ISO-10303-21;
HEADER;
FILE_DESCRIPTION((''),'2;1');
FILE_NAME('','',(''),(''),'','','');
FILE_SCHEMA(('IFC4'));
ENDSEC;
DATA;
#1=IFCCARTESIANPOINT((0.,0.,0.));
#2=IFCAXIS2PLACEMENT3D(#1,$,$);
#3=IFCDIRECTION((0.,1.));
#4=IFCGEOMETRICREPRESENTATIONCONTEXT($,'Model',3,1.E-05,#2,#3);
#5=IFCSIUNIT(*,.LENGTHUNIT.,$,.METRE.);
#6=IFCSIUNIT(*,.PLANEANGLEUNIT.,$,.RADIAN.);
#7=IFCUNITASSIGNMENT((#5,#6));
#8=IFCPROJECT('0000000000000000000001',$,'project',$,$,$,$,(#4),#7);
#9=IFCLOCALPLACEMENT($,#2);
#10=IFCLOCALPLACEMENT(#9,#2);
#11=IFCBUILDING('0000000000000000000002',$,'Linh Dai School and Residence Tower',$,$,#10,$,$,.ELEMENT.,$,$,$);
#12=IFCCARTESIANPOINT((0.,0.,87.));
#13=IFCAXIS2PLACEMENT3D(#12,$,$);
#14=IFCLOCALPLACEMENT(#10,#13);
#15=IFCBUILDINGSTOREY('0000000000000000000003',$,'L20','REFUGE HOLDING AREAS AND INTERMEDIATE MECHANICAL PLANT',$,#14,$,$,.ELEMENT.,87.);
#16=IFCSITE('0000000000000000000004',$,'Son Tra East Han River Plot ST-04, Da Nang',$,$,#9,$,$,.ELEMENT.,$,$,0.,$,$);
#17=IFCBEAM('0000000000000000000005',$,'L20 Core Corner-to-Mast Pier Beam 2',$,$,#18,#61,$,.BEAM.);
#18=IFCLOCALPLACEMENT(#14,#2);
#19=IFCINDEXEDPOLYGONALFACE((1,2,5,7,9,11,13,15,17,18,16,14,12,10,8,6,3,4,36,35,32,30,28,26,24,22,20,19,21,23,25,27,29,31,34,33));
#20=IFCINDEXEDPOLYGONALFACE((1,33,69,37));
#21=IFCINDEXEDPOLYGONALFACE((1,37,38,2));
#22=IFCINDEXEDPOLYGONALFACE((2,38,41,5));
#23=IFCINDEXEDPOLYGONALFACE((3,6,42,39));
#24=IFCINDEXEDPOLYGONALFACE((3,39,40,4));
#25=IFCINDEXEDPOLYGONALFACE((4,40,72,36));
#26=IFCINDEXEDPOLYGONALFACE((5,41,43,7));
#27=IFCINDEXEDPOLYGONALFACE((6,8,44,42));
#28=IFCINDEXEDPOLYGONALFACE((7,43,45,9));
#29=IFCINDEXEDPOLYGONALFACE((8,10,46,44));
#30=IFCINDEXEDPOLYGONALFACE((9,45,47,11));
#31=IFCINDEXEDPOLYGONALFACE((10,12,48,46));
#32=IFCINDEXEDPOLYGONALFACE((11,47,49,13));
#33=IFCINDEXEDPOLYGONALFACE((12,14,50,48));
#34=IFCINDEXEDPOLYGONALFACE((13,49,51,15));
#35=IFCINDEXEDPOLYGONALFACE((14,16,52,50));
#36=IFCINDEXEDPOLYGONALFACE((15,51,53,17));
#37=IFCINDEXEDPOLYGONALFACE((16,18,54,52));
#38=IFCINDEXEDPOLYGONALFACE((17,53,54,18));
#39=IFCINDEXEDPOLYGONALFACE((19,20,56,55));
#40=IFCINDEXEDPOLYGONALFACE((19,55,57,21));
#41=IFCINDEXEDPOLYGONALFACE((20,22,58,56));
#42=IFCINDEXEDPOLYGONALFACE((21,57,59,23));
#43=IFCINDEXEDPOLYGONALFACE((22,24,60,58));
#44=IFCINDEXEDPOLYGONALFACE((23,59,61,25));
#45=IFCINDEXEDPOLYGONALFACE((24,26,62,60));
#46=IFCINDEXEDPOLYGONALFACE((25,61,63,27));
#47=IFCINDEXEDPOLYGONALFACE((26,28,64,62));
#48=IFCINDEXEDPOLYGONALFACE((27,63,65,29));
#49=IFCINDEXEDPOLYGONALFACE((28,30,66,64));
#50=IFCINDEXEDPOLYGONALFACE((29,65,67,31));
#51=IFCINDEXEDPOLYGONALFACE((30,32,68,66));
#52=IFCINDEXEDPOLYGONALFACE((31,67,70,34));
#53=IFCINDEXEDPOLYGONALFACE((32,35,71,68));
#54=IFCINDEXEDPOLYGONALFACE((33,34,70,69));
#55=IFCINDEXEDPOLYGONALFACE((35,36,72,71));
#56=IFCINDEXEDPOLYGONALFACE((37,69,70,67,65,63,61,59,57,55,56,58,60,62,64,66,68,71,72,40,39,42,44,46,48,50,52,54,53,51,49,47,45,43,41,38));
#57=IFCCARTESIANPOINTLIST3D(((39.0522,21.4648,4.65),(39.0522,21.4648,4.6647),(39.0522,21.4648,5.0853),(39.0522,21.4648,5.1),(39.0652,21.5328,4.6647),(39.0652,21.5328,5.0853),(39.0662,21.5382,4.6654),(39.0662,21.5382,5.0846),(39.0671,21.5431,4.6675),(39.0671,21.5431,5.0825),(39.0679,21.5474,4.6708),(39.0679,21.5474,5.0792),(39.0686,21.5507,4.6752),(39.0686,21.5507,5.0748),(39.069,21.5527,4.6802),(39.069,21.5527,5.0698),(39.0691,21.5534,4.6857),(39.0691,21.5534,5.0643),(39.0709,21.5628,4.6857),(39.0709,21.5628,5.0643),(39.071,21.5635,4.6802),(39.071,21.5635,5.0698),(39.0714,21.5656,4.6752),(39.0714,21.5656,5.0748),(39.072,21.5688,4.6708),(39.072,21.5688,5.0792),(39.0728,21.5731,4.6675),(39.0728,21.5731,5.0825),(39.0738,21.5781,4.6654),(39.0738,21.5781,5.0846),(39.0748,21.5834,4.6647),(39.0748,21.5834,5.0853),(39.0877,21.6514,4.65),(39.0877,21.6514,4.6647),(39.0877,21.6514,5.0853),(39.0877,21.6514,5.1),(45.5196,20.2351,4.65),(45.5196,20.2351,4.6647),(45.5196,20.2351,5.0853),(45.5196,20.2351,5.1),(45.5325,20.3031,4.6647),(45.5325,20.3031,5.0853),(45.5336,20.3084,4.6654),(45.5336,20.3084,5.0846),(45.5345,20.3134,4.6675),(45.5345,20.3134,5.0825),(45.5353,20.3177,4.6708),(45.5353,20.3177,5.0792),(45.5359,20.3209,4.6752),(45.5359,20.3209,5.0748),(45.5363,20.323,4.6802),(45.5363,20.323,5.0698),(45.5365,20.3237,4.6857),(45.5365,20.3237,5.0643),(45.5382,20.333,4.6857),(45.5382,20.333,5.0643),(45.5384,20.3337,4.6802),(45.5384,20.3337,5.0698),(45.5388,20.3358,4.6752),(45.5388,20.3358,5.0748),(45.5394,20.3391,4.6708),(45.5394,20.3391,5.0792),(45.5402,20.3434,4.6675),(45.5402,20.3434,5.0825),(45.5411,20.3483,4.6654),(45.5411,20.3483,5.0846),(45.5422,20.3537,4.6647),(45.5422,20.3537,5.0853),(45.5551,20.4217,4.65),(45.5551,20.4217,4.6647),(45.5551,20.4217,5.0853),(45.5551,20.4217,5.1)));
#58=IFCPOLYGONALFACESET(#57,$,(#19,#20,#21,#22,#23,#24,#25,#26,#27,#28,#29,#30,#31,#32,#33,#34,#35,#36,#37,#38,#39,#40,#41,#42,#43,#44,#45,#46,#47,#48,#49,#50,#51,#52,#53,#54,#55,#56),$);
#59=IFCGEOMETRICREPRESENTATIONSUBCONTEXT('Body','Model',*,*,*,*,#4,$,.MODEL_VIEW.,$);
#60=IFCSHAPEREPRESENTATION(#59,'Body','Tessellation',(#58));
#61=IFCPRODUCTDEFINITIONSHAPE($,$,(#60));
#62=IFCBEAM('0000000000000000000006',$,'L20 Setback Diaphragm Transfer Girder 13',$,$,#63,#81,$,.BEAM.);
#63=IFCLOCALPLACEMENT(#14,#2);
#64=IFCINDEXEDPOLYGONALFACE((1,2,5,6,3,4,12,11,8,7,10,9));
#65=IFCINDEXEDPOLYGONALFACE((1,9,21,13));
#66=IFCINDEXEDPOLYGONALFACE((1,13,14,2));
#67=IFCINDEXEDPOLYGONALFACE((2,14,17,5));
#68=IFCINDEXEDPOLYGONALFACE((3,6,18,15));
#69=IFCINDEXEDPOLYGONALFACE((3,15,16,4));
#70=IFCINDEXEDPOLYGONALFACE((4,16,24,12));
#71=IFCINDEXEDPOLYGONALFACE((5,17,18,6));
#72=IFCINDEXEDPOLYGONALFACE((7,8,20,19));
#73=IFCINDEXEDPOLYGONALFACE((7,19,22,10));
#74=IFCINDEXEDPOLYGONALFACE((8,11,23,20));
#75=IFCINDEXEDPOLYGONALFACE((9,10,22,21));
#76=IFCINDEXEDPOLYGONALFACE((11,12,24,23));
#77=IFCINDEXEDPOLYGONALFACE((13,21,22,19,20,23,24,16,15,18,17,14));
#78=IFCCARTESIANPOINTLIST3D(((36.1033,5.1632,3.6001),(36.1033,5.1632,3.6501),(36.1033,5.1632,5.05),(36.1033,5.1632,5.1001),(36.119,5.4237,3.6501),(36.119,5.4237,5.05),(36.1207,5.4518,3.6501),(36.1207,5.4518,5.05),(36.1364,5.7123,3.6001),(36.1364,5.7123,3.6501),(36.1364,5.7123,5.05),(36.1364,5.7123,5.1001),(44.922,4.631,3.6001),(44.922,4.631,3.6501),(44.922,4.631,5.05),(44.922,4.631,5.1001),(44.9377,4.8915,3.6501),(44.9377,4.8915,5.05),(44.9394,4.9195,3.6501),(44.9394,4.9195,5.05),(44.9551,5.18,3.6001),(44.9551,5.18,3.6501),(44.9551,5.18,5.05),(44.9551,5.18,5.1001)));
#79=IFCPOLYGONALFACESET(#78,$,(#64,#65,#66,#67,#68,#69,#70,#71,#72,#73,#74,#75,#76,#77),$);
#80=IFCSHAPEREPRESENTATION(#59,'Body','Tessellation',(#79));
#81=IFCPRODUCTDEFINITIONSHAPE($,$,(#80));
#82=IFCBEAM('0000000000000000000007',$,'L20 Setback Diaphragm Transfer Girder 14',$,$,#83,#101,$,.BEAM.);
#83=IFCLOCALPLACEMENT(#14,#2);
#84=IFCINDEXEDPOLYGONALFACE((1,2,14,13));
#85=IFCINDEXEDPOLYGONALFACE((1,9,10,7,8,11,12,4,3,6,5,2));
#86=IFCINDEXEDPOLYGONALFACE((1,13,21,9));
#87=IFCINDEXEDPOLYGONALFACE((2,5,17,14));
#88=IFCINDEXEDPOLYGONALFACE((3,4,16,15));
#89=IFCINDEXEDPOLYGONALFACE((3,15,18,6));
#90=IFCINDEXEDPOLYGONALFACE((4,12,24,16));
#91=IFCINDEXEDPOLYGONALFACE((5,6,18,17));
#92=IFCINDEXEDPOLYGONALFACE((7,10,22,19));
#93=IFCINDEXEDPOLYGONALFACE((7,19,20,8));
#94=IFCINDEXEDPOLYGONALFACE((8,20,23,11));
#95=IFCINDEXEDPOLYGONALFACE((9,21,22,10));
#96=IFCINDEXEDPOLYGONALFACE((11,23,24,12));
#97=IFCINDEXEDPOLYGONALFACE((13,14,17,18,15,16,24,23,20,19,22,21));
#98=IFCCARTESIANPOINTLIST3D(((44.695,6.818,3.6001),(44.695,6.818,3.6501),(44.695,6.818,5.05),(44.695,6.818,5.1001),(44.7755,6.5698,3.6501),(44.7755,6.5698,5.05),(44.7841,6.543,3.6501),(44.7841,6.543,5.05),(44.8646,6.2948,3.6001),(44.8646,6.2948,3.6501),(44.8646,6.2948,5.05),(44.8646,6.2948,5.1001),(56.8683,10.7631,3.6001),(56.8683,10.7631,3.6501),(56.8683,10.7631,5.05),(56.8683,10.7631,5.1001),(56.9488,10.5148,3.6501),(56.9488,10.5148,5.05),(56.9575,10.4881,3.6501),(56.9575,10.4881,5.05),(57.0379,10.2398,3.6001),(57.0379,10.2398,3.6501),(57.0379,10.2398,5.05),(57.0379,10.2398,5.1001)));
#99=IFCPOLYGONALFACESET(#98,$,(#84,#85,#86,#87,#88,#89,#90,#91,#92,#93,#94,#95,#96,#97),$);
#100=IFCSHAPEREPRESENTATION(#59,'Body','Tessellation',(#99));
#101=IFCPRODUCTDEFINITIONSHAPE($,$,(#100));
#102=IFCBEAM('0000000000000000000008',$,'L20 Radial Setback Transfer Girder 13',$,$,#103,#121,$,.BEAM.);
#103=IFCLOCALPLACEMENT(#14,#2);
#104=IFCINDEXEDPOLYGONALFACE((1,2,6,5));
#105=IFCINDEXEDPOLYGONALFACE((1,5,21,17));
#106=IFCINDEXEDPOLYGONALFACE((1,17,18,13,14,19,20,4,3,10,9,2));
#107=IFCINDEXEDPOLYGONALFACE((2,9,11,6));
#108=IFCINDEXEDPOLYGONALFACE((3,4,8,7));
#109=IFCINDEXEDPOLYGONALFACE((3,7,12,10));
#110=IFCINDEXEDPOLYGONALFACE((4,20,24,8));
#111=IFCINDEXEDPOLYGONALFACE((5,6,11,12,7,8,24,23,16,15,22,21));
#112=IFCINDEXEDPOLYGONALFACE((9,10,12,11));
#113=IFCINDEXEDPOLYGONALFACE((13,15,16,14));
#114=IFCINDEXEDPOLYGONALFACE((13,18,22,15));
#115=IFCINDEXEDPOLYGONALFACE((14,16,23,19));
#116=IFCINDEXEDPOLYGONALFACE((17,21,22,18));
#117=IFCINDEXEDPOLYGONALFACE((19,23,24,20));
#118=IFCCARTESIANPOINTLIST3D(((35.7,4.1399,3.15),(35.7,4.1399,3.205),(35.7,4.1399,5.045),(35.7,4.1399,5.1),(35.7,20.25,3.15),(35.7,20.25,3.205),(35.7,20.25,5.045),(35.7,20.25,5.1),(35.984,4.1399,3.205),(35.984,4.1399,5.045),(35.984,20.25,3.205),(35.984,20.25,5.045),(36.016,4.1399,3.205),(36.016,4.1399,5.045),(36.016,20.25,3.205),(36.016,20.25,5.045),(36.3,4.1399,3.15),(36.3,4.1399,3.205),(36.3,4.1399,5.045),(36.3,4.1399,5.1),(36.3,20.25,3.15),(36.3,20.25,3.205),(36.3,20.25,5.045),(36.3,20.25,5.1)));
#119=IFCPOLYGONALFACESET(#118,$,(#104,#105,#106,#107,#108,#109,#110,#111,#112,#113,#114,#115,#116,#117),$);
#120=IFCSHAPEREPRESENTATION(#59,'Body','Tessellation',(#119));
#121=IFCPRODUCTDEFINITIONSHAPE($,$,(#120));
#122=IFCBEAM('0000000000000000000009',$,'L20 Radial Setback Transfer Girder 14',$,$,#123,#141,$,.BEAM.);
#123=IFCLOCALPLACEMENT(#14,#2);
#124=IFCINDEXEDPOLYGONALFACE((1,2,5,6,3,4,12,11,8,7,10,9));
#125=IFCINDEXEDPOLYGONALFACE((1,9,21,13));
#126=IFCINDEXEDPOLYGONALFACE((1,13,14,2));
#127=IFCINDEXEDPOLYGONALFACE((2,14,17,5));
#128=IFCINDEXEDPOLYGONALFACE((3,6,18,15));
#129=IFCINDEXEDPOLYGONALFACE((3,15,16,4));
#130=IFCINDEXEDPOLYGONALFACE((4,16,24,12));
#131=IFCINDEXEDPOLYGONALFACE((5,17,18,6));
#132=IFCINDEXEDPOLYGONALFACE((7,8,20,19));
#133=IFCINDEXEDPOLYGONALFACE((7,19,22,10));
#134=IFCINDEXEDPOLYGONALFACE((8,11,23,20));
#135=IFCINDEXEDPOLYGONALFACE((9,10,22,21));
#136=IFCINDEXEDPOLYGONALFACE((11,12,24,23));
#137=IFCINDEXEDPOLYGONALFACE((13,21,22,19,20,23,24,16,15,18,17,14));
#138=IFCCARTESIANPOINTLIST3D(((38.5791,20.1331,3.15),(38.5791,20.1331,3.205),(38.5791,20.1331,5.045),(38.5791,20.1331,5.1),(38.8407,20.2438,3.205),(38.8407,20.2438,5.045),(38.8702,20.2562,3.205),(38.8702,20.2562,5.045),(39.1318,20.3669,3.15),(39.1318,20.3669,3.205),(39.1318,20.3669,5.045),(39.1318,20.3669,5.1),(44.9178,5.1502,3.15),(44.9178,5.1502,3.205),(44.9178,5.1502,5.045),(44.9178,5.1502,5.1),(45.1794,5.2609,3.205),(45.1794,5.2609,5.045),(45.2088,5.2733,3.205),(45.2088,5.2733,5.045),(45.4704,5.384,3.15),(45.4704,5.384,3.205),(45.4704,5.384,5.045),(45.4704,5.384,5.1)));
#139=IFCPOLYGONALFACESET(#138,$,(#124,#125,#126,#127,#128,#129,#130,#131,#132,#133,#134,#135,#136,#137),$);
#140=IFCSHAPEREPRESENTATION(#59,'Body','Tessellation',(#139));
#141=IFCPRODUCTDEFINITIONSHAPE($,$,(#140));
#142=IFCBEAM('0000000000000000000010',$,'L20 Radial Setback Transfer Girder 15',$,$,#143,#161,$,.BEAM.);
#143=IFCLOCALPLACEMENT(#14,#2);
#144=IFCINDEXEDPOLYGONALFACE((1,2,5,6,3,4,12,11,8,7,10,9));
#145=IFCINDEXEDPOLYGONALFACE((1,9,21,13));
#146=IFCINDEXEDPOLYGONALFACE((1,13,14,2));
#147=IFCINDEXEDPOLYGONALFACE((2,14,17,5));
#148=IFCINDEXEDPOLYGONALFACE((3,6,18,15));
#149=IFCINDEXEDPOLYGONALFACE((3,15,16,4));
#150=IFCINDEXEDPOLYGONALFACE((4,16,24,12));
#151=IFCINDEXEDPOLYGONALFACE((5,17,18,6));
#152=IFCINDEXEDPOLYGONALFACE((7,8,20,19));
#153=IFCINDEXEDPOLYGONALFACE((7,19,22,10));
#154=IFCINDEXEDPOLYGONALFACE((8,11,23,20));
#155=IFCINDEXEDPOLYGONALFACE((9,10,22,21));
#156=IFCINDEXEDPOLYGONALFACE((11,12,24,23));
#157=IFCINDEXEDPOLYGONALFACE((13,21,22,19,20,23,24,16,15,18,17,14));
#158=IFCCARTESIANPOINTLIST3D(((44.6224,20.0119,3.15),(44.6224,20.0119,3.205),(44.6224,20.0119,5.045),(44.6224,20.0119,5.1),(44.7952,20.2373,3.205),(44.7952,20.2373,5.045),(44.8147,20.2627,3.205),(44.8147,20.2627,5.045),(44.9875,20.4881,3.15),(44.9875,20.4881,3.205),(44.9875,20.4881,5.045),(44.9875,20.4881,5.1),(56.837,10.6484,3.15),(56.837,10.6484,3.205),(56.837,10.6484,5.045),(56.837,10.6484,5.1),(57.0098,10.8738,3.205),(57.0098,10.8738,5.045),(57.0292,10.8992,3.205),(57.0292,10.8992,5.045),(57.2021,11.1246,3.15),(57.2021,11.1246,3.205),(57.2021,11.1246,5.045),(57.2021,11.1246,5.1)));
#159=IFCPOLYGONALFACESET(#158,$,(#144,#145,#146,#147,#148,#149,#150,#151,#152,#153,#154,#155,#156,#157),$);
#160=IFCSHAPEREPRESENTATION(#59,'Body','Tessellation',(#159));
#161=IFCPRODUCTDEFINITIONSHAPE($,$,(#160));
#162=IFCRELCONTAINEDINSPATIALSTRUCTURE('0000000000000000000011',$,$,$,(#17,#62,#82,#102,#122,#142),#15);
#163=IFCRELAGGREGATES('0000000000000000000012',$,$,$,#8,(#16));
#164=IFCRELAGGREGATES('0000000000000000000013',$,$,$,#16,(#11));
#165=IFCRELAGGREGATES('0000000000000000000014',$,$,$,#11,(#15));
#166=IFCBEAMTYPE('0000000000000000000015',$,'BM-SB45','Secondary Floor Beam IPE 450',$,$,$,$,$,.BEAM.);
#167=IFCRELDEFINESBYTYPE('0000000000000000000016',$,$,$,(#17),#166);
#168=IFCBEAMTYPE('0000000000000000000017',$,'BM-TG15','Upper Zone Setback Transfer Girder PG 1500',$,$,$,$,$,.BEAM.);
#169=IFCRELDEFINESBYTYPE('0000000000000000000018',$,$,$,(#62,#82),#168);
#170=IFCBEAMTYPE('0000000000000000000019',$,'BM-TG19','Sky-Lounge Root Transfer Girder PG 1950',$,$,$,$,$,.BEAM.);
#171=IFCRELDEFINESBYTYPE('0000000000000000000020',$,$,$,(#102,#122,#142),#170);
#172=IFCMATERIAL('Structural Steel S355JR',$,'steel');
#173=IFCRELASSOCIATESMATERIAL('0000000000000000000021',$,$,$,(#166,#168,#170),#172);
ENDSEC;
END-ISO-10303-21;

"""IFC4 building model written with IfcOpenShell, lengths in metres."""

from ifc_helpers import new_model, si_unit, direction, frame, origin, origin_2d, place, context, subcontext, project, spatial, i_section, extrude, material, material_profile, profile_set, type_object, element, save


model = new_model("IFC4")

# Units and contexts
model_context = context("Model", 3, precision=1e-05, world=origin(), true_north=direction((0.0, 1.0)))
body_context = subcontext(model_context, "Body", "Model", "MODEL_VIEW")
ifc_project = project(units=[si_unit("LENGTHUNIT", "METRE"), si_unit("PLANEANGLEUNIT", "RADIAN")], contexts=[model_context])

# Site, building, storey
site_placement = place(None, origin())
site = spatial("IfcSite", under=ifc_project, at=site_placement, Name="Son Tra East Han River Plot ST-04, Da Nang", CompositionType="ELEMENT", RefElevation=0.0)
building_placement = place(site_placement, origin())
building = spatial("IfcBuilding", under=site, at=building_placement, Name="Linh Dai School and Residence Tower", CompositionType="ELEMENT")
storey_placement = place(building_placement, frame((0.0, 0.0, 87.0)))
storey = spatial("IfcBuildingStorey", under=building, at=storey_placement, Name="L20", Description="REFUGE HOLDING AREAS AND INTERMEDIATE MECHANICAL PLANT", CompositionType="ELEMENT", Elevation=87.0)

# Shared definitions
ifc_material_1 = material(Name="Structural Steel S355JR", Category="steel")

# Beams
ifc_material_profile_1 = material_profile(ifc_material_1, i_section(OverallWidth=0.1899, OverallDepth=0.45, WebThickness=0.0095, FlangeThickness=0.0146, FilletRadius=0.021, at=origin_2d()), Name="IPE 450")
ifc_profile_set_1 = profile_set([ifc_material_profile_1], Name="Structural Steel S355JR")
beam_type_1 = type_object("IfcBeamType", Name="BM-SB45", Description="Secondary Floor Beam IPE 450", PredefinedType="BEAM", material=ifc_profile_set_1)
beam_1_placement = place(storey_placement, frame((45.5374, 20.3284, 4.875), z_axis=(-0.982398, 0.1868, 0.0), x_axis=(-0.1868, -0.982398, 0.0)))
element("IfcBeam", 1, at=beam_1_placement, inside=storey, type_object=beam_type_1, Name="L20 Core Corner-to-Mast Pier Beam 2", PredefinedType="BEAM", context=body_context, shape_type="SweptSolid", body=[
    extrude(i_section(OverallWidth=0.1899, OverallDepth=0.45, WebThickness=0.0095, FlangeThickness=0.0146, FilletRadius=0.021, at=origin_2d()), origin(), (0.0, 0.0, 1.0), 6.5833),
])
ifc_material_profile_2 = material_profile(ifc_material_1, i_section(OverallWidth=0.55, OverallDepth=1.5, WebThickness=0.0281, FlangeThickness=0.05, at=origin_2d()), Name="PG 1500x550x28x50")
ifc_profile_set_2 = profile_set([ifc_material_profile_2], Name="Structural Steel S355JR")
beam_type_2 = type_object("IfcBeamType", Name="BM-TG15", Description="Upper Zone Setback Transfer Girder PG 1500", PredefinedType="BEAM", material=ifc_profile_set_2)
beam_2_placement = place(storey_placement, frame((36.1199, 5.4377, 4.3501), z_axis=(0.998184, -0.060243, 0.0), x_axis=(0.060243, 0.998184, 0.0)))
element("IfcBeam", 2, at=beam_2_placement, inside=storey, type_object=beam_type_2, Name="L20 Setback Diaphragm Transfer Girder 13", PredefinedType="BEAM", context=body_context, shape_type="SweptSolid", body=[
    extrude(i_section(OverallWidth=0.55, OverallDepth=1.5, WebThickness=0.0281, FlangeThickness=0.05, at=origin_2d()), origin(), (0.0, 0.0, 1.0), 8.8347),
])
beam_3_placement = place(storey_placement, frame((44.7798, 6.5564, 4.3501), z_axis=(0.951293, 0.30829, 0.0), x_axis=(-0.30829, 0.951293, 0.0)))
element("IfcBeam", 3, at=beam_3_placement, inside=storey, type_object=beam_type_2, Name="L20 Setback Diaphragm Transfer Girder 14", PredefinedType="BEAM", context=body_context, shape_type="SweptSolid", body=[
    extrude(i_section(OverallWidth=0.55, OverallDepth=1.5, WebThickness=0.0281, FlangeThickness=0.05, at=origin_2d()), origin(), (0.0, 0.0, 1.0), 12.7966),
])
ifc_material_profile_3 = material_profile(ifc_material_1, i_section(OverallWidth=0.6001, OverallDepth=1.95, WebThickness=0.032, FlangeThickness=0.0549, at=origin_2d()), Name="PG 1950x600x32x55")
ifc_profile_set_3 = profile_set([ifc_material_profile_3], Name="Structural Steel S355JR")
beam_type_3 = type_object("IfcBeamType", Name="BM-TG19", Description="Sky-Lounge Root Transfer Girder PG 1950", PredefinedType="BEAM", material=ifc_profile_set_3)
beam_4_placement = place(storey_placement, frame((36.0, 20.25, 4.125), z_axis=(0.0, -1.0, 0.0), x_axis=(1.0, 0.0, 0.0)))
element("IfcBeam", 4, at=beam_4_placement, inside=storey, type_object=beam_type_3, Name="L20 Radial Setback Transfer Girder 13", PredefinedType="BEAM", context=body_context, shape_type="SweptSolid", body=[
    extrude(i_section(OverallWidth=0.6001, OverallDepth=1.95, WebThickness=0.032, FlangeThickness=0.0549, at=origin_2d()), origin(), (0.0, 0.0, 1.0), 16.1101),
])
beam_5_placement = place(storey_placement, frame((38.8555, 20.25, 4.125), z_axis=(0.389624, -0.920974, 0.0), x_axis=(0.920974, 0.389624, 0.0)))
element("IfcBeam", 5, at=beam_5_placement, inside=storey, type_object=beam_type_3, Name="L20 Radial Setback Transfer Girder 14", PredefinedType="BEAM", context=body_context, shape_type="SweptSolid", body=[
    extrude(i_section(OverallWidth=0.6001, OverallDepth=1.95, WebThickness=0.032, FlangeThickness=0.0549, at=origin_2d()), origin(), (0.0, 0.0, 1.0), 16.2686),
])
beam_6_placement = place(storey_placement, frame((44.8049, 20.25, 4.125), z_axis=(0.793638, -0.608391, 0.0), x_axis=(0.608391, 0.793638, 0.0)))
element("IfcBeam", 6, at=beam_6_placement, inside=storey, type_object=beam_type_3, Name="L20 Radial Setback Transfer Girder 15", PredefinedType="BEAM", context=body_context, shape_type="SweptSolid", body=[
    extrude(i_section(OverallWidth=0.6001, OverallDepth=1.95, WebThickness=0.032, FlangeThickness=0.0549, at=origin_2d()), origin(), (0.0, 0.0, 1.0), 15.3906),
])

save(model, "model.ifc")
